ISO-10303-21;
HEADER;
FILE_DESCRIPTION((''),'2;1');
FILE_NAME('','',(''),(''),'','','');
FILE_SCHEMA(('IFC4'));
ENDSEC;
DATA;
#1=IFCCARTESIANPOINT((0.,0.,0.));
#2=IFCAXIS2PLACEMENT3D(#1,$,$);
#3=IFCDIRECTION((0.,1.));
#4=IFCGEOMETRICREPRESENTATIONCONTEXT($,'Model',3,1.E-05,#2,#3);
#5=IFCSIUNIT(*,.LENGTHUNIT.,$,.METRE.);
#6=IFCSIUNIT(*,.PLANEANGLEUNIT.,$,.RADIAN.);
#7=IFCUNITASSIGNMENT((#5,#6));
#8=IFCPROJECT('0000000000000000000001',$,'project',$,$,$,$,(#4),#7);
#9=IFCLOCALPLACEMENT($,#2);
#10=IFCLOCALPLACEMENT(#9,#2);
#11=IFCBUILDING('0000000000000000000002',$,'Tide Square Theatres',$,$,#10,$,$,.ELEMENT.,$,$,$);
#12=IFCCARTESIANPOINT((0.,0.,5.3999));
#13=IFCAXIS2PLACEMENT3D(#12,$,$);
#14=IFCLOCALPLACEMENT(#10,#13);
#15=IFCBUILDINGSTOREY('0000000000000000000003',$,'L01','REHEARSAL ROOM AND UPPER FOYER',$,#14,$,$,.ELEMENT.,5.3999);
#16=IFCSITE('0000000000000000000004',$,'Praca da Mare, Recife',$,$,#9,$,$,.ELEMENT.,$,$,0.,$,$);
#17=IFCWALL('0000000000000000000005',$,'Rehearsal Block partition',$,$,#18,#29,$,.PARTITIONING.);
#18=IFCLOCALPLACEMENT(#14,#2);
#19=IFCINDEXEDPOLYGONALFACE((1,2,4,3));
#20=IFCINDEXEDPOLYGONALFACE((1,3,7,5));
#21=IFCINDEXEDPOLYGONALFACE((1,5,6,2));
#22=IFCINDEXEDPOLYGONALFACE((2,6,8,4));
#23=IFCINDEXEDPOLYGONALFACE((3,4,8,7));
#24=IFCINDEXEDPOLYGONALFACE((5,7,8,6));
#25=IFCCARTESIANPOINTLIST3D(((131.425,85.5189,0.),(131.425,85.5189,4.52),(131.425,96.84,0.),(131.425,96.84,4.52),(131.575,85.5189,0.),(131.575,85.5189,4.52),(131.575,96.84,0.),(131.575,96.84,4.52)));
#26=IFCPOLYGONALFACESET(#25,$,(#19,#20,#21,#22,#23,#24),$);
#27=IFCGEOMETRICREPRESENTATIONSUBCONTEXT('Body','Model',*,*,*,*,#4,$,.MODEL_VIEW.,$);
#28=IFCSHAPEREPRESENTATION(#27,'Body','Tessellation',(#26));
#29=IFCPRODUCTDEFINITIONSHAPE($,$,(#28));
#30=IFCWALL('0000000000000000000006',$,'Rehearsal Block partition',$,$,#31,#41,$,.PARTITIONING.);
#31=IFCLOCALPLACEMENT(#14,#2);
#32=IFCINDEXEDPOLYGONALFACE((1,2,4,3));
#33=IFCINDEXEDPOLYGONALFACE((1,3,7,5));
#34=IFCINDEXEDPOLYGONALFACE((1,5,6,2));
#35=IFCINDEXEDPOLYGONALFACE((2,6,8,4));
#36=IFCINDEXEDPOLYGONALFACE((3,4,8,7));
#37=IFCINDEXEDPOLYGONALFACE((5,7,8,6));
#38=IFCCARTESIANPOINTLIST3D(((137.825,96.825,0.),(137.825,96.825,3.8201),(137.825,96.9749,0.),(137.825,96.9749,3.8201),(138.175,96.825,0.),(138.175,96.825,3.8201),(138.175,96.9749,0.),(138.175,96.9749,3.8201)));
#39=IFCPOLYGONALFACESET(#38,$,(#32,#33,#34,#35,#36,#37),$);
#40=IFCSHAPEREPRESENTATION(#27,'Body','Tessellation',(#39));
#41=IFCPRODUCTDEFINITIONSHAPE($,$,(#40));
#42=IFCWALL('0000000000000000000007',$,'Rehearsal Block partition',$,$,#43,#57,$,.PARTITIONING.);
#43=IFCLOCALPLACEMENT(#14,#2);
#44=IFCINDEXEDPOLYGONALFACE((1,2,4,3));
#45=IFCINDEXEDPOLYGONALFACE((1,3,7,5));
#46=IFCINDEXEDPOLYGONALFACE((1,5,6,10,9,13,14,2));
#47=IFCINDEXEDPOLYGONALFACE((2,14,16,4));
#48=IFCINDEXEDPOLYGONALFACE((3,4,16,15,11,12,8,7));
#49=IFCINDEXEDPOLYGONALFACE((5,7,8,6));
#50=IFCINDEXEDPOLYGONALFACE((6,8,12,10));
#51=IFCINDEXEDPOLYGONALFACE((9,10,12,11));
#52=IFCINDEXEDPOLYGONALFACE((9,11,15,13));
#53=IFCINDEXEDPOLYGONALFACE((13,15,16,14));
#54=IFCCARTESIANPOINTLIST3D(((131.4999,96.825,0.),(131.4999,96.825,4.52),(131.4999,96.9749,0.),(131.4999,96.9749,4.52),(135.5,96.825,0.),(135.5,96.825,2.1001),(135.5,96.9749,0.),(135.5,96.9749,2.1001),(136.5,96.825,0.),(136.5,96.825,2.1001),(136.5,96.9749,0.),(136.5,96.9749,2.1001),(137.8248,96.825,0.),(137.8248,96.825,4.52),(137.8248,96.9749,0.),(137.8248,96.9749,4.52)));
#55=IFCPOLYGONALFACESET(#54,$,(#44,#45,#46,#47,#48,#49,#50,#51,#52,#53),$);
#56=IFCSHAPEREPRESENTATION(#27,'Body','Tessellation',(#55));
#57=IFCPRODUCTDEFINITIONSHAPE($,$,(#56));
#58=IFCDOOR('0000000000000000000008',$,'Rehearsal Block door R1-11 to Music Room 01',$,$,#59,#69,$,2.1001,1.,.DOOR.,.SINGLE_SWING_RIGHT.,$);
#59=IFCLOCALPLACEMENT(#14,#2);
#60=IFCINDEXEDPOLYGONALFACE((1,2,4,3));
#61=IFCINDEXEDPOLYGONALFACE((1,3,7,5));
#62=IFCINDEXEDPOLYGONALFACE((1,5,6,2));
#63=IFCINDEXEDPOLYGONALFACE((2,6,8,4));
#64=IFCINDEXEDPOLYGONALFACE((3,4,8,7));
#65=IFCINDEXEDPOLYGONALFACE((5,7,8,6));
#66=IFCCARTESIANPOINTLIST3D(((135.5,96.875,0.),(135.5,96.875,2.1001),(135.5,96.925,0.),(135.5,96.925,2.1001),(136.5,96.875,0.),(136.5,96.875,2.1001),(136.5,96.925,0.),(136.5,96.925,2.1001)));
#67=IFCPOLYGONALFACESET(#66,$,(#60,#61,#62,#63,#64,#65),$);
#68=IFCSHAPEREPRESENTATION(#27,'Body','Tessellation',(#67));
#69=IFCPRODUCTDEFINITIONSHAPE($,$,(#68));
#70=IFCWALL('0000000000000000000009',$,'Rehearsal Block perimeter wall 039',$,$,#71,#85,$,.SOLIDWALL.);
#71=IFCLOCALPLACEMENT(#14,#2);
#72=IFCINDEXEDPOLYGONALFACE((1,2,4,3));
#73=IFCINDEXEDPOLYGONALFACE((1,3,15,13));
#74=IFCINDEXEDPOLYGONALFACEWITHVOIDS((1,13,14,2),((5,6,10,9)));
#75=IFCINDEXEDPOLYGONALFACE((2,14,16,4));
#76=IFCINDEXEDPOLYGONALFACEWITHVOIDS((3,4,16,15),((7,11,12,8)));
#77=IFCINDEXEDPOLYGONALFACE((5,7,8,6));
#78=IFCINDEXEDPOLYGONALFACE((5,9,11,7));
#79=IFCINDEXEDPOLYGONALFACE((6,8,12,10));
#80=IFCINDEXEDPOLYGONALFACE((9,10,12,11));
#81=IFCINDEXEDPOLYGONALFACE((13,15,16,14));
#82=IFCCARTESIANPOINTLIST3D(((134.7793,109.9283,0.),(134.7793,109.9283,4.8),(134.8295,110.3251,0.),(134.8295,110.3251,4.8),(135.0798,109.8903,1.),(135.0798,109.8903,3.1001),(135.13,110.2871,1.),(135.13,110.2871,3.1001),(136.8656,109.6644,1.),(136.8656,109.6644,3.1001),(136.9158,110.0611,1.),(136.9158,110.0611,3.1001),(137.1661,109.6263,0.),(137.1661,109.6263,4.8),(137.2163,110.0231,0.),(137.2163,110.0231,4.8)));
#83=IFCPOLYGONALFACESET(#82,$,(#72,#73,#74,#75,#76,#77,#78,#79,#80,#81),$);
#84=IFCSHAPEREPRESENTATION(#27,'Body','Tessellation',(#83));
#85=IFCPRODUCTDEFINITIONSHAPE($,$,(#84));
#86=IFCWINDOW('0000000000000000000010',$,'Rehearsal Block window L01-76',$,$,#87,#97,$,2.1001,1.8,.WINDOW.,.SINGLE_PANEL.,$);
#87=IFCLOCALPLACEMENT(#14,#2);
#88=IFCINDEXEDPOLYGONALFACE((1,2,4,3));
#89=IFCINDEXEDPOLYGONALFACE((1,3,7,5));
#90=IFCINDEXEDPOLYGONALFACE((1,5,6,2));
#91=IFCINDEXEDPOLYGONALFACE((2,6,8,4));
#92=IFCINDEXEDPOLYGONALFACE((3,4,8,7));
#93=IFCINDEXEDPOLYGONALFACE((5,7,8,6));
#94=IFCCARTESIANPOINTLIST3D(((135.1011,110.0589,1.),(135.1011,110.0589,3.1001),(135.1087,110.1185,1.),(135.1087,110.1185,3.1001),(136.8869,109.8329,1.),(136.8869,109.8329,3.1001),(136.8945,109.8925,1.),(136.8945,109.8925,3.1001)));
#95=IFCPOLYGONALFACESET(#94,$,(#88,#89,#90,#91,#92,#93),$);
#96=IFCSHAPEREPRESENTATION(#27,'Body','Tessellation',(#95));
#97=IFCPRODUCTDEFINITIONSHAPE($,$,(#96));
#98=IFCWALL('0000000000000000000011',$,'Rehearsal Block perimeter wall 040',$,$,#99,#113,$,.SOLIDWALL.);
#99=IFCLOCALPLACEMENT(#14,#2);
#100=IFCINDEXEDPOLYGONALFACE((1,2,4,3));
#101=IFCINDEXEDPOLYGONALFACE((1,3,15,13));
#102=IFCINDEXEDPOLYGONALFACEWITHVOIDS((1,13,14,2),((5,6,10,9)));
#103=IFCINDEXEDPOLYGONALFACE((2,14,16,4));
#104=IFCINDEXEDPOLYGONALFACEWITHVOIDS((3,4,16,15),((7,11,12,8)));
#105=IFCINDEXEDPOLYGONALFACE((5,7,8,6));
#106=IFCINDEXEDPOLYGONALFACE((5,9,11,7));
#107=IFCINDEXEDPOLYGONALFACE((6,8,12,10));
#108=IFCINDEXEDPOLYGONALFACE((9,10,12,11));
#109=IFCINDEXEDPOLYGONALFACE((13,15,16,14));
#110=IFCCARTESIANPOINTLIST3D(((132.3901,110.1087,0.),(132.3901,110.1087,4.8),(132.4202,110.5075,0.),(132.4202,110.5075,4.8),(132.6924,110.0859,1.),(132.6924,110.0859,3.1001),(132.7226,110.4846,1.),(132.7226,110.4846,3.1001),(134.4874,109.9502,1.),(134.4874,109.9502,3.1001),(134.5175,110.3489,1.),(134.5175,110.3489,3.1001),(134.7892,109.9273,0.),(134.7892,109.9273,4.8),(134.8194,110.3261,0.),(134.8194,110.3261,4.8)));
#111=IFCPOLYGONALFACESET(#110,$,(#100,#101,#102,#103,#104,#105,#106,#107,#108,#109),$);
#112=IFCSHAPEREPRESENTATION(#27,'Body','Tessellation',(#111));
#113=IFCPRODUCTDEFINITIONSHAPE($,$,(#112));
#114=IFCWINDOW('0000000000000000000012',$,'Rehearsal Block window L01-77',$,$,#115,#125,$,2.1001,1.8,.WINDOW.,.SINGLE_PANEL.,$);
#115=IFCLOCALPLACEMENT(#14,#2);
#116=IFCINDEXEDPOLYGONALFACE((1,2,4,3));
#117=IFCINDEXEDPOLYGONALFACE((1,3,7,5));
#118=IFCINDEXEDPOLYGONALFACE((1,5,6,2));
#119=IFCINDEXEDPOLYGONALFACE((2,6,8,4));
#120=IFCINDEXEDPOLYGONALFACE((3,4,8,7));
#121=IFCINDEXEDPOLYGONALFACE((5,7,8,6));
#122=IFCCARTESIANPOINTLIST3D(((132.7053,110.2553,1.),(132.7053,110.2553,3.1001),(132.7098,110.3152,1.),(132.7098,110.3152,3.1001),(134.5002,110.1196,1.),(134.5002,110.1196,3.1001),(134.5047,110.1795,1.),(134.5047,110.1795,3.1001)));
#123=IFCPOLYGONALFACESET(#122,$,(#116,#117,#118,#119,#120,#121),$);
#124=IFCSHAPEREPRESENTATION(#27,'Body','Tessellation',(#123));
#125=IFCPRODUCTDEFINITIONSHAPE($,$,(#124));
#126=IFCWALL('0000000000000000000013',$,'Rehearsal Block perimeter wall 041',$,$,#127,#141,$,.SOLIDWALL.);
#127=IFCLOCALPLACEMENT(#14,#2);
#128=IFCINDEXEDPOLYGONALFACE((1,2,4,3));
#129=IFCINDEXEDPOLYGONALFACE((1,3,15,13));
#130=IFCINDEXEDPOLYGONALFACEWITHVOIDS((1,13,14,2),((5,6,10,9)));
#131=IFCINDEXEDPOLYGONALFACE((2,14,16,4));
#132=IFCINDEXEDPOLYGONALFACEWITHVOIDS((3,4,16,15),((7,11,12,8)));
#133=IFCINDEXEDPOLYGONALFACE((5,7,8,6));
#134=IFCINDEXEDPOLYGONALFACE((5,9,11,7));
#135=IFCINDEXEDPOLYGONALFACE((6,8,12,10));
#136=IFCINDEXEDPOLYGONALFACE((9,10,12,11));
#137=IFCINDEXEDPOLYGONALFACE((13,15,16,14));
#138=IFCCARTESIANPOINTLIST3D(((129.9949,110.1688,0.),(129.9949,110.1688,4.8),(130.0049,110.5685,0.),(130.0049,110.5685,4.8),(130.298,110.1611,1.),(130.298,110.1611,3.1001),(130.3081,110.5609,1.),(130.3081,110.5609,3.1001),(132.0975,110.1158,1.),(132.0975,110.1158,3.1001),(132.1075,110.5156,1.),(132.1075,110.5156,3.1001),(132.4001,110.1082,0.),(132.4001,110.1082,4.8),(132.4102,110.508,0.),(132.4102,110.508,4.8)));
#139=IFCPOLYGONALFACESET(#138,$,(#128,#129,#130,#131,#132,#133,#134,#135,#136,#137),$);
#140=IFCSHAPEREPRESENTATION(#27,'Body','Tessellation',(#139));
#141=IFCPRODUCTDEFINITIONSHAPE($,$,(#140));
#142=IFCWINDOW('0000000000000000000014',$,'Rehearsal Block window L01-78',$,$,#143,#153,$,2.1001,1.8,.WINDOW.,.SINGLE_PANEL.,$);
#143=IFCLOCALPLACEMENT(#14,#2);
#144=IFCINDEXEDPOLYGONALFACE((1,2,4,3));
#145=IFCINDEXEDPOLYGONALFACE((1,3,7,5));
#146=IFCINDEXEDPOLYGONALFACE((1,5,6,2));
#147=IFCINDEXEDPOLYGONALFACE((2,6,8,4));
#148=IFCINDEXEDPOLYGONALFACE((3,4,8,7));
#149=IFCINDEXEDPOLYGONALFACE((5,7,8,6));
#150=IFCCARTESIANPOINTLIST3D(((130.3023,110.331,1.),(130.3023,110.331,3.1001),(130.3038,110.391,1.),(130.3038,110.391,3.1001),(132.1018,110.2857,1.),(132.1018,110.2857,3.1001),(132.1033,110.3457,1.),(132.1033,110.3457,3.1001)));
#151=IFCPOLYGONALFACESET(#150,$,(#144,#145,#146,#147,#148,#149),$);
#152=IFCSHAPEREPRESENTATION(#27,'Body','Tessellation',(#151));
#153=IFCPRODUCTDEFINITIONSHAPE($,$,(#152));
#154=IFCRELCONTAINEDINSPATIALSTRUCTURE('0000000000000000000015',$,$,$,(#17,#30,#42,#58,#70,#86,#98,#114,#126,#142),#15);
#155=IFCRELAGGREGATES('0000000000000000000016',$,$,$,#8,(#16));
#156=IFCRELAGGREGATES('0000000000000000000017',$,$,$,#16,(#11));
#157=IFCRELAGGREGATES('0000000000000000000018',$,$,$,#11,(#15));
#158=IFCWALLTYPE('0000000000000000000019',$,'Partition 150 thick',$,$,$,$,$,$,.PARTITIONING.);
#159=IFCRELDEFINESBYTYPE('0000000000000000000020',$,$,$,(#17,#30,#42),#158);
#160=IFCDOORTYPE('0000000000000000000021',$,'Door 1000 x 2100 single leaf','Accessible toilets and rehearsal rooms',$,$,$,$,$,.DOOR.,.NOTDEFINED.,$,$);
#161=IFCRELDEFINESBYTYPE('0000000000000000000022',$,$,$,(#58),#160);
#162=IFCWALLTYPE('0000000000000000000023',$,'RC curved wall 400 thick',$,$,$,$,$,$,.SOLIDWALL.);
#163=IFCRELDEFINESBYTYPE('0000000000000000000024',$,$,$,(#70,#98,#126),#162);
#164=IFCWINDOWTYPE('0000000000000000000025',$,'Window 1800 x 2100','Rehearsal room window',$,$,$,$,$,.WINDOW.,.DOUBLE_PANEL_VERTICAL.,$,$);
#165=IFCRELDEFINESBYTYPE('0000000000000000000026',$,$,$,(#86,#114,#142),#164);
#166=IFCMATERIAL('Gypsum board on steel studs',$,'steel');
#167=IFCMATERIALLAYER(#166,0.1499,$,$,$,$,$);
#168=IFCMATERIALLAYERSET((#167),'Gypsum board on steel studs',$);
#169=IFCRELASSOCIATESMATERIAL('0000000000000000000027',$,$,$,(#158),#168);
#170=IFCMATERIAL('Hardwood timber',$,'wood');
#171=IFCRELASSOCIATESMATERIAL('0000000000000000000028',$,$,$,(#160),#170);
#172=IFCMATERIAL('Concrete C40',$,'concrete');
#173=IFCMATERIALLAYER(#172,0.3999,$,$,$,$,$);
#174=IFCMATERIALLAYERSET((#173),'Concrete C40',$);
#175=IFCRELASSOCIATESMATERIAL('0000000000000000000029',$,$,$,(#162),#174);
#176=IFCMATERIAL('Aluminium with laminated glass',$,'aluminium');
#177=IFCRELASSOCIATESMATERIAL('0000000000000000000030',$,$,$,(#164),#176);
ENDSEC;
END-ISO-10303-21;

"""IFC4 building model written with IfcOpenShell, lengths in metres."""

from ifc_helpers import new_model, si_unit, direction, frame, frame_2d, origin, place, context, subcontext, project, spatial, rectangle, extrude, material, layer, layer_set, type_object, element, fill, save


model = new_model("IFC4")

# Units and contexts
model_context = context("Model", 3, precision=1e-05, world=origin(), true_north=direction((0.0, 1.0)))
body_context = subcontext(model_context, "Body", "Model", "MODEL_VIEW")
ifc_project = project(units=[si_unit("LENGTHUNIT", "METRE"), si_unit("PLANEANGLEUNIT", "RADIAN")], contexts=[model_context])

# Site, building, storey
site_placement = place(None, origin())
site = spatial("IfcSite", under=ifc_project, at=site_placement, Name="Praca da Mare, Recife", CompositionType="ELEMENT", RefElevation=0.0)
building_placement = place(site_placement, origin())
building = spatial("IfcBuilding", under=site, at=building_placement, Name="Tide Square Theatres", CompositionType="ELEMENT")
storey_placement = place(building_placement, frame((0.0, 0.0, 5.3999)))
storey = spatial("IfcBuildingStorey", under=building, at=storey_placement, Name="L01", Description="REHEARSAL ROOM AND UPPER FOYER", CompositionType="ELEMENT", Elevation=5.3999)

# Shared definitions
ifc_material_1 = material(Name="Gypsum board on steel studs", Category="steel")
ifc_layer_1 = layer(ifc_material_1, 0.1499)
ifc_layer_set_1 = layer_set([ifc_layer_1], Name="Gypsum board on steel studs")
wall_type_1 = type_object("IfcWallType", Name="Partition 150 thick", PredefinedType="PARTITIONING", material=ifc_layer_set_1)

# Walls
wall_1_placement = place(storey_placement, frame((131.5, 96.8401, 0.0), z_axis=(0.0, 0.0, 1.0), x_axis=(0.0, -1.0, 0.0)))
element("IfcWall", 1, at=wall_1_placement, inside=storey, type_object=wall_type_1, Name="Rehearsal Block partition", PredefinedType="PARTITIONING", context=body_context, shape_type="SweptSolid", body=[
    extrude(rectangle(XDim=11.321, YDim=0.1499, at=frame_2d((5.6606, 0.0))), origin(), (0.0, 0.0, 1.0), 4.52),
])
wall_2_placement = place(storey_placement, frame((138.175, 96.8999, 0.0), z_axis=(0.0, 0.0, 1.0), x_axis=(-1.0, 0.0, 0.0)))
element("IfcWall", 2, at=wall_2_placement, inside=storey, type_object=wall_type_1, Name="Rehearsal Block partition", PredefinedType="PARTITIONING", context=body_context, shape_type="SweptSolid", body=[
    extrude(rectangle(XDim=0.3501, YDim=0.1499, at=frame_2d((0.175, 0.0))), origin(), (0.0, 0.0, 1.0), 3.8201),
])

# Wall, opening, door
wall_3_placement = place(storey_placement, frame((137.825, 96.8999, 0.0), z_axis=(0.0, 0.0, 1.0), x_axis=(-1.0, 0.0, 0.0)))
wall_3 = element("IfcWall", 3, at=wall_3_placement, inside=storey, type_object=wall_type_1, Name="Rehearsal Block partition", PredefinedType="PARTITIONING", context=body_context, shape_type="SweptSolid", body=[
    extrude(rectangle(XDim=6.325, YDim=0.1499, at=frame_2d((3.1626, 0.0))), origin(), (0.0, 0.0, 1.0), 4.52),
])
opening_1_placement = place(wall_3_placement, frame((1.325, 0.0, 0.0)))
opening_1 = element("IfcOpeningElement", 4, at=opening_1_placement, cuts=wall_3, PredefinedType="OPENING", context=body_context, shape_type="SweptSolid", body=[
    extrude(rectangle(XDim=1.0, YDim=2.1001, at=frame_2d((0.5, 1.05))), frame((0.0, 0.085, 0.0), z_axis=(0.0, -1.0, 0.0), x_axis=(1.0, 0.0, 0.0)), (0.0, 0.0, 1.0), 0.1699),
])
ifc_material_2 = material(Name="Hardwood timber", Category="wood")
door_type_1 = type_object("IfcDoorType", Name="Door 1000 x 2100 single leaf", Description="Accessible toilets and rehearsal rooms", OperationType="NOTDEFINED", PredefinedType="DOOR", material=ifc_material_2)
door_1_placement = place(opening_1_placement, origin())
door_1 = element("IfcDoor", 5, at=door_1_placement, inside=storey, type_object=door_type_1, Name="Rehearsal Block door R1-11 to Music Room 01", OperationType="SINGLE_SWING_RIGHT", OverallHeight=2.1001, OverallWidth=1.0, PredefinedType="DOOR", context=body_context, shape_type="SweptSolid", body=[
    extrude(rectangle(XDim=1.0, YDim=2.1001, at=frame_2d((0.5, 1.05))), frame((0.0, 0.0249, 0.0), z_axis=(0.0, -1.0, 0.0), x_axis=(1.0, 0.0, 0.0)), (0.0, 0.0, 1.0), 0.05),
])
fill(opening_1, door_1)

# Walls, openings, windows
ifc_material_3 = material(Name="Concrete C40", Category="concrete")
ifc_layer_2 = layer(ifc_material_3, 0.3999)
ifc_layer_set_2 = layer_set([ifc_layer_2], Name="Concrete C40")
wall_type_2 = type_object("IfcWallType", Name="RC curved wall 400 thick", PredefinedType="SOLIDWALL", material=ifc_layer_set_2)
wall_4_placement = place(storey_placement, frame((137.1912, 109.8247, 0.0), z_axis=(0.0, 0.0, 1.0), x_axis=(-0.992089, 0.125533, 0.0)))
wall_4 = element("IfcWall", 6, at=wall_4_placement, inside=storey, type_object=wall_type_2, Name="Rehearsal Block perimeter wall 039", PredefinedType="SOLIDWALL", context=body_context, shape_type="SweptSolid", body=[
    extrude(rectangle(XDim=2.4058, YDim=0.3999, at=frame_2d((1.2029, 0.0))), origin(), (0.0, 0.0, 1.0), 4.8),
])
opening_2_placement = place(wall_4_placement, frame((0.303, 0.0, 1.0)))
opening_2 = element("IfcOpeningElement", 7, at=opening_2_placement, cuts=wall_4, PredefinedType="OPENING", context=body_context, shape_type="SweptSolid", body=[
    extrude(rectangle(XDim=1.8, YDim=2.1001, at=frame_2d((0.8999, 1.05))), frame((0.0, 0.21, 0.0), z_axis=(0.0, -1.0, 0.0), x_axis=(1.0, 0.0, 0.0)), (0.0, 0.0, 1.0), 0.4199),
])
ifc_material_4 = material(Name="Aluminium with laminated glass", Category="aluminium")
window_type = type_object("IfcWindowType", Name="Window 1800 x 2100", Description="Rehearsal room window", PartitioningType="DOUBLE_PANEL_VERTICAL", PredefinedType="WINDOW", material=ifc_material_4)
window_1_placement = place(opening_2_placement, origin())
window_1 = element("IfcWindow", 8, at=window_1_placement, inside=storey, type_object=window_type, Name="Rehearsal Block window L01-76", OverallHeight=2.1001, OverallWidth=1.8, PartitioningType="SINGLE_PANEL", PredefinedType="WINDOW", context=body_context, shape_type="SweptSolid", body=[
    extrude(rectangle(XDim=1.8, YDim=2.1001, at=frame_2d((0.8999, 1.05))), frame((0.0, 0.03, 0.0), z_axis=(0.0, -1.0, 0.0), x_axis=(1.0, 0.0, 0.0)), (0.0, 0.0, 1.0), 0.0601),
])
fill(opening_2, window_1)
wall_5_placement = place(storey_placement, frame((134.8044, 110.1267, 0.0), z_axis=(0.0, 0.0, 1.0), x_axis=(-0.997154, 0.075393, 0.0)))
wall_5 = element("IfcWall", 9, at=wall_5_placement, inside=storey, type_object=wall_type_2, Name="Rehearsal Block perimeter wall 040", PredefinedType="SOLIDWALL", context=body_context, shape_type="SweptSolid", body=[
    extrude(rectangle(XDim=2.406, YDim=0.3999, at=frame_2d((1.2031, 0.0))), origin(), (0.0, 0.0, 1.0), 4.8),
])
opening_3_placement = place(wall_5_placement, frame((0.303, 0.0, 1.0)))
opening_3 = element("IfcOpeningElement", 10, at=opening_3_placement, cuts=wall_5, PredefinedType="OPENING", context=body_context, shape_type="SweptSolid", body=[
    extrude(rectangle(XDim=1.8, YDim=2.1001, at=frame_2d((0.8999, 1.05))), frame((0.0, 0.21, 0.0), z_axis=(0.0, -1.0, 0.0), x_axis=(1.0, 0.0, 0.0)), (0.0, 0.0, 1.0), 0.4199),
])
window_2_placement = place(opening_3_placement, origin())
window_2 = element("IfcWindow", 11, at=window_2_placement, inside=storey, type_object=window_type, Name="Rehearsal Block window L01-77", OverallHeight=2.1001, OverallWidth=1.8, PartitioningType="SINGLE_PANEL", PredefinedType="WINDOW", context=body_context, shape_type="SweptSolid", body=[
    extrude(rectangle(XDim=1.8, YDim=2.1001, at=frame_2d((0.8999, 1.05))), frame((0.0, 0.03, 0.0), z_axis=(0.0, -1.0, 0.0), x_axis=(1.0, 0.0, 0.0)), (0.0, 0.0, 1.0), 0.0601),
])
fill(opening_3, window_2)
wall_6_placement = place(storey_placement, frame((132.4053, 110.3081, 0.0), z_axis=(0.0, 0.0, 1.0), x_axis=(-0.999683, 0.025165, 0.0)))
wall_6 = element("IfcWall", 12, at=wall_6_placement, inside=storey, type_object=wall_type_2, Name="Rehearsal Block perimeter wall 041", PredefinedType="SOLIDWALL", context=body_context, shape_type="SweptSolid", body=[
    extrude(rectangle(XDim=2.406, YDim=0.3999, at=frame_2d((1.2031, 0.0))), origin(), (0.0, 0.0, 1.0), 4.8),
])
opening_4_placement = place(wall_6_placement, frame((0.303, 0.0, 1.0)))
opening_4 = element("IfcOpeningElement", 13, at=opening_4_placement, cuts=wall_6, PredefinedType="OPENING", context=body_context, shape_type="SweptSolid", body=[
    extrude(rectangle(XDim=1.8, YDim=2.1001, at=frame_2d((0.8999, 1.05))), frame((0.0, 0.21, 0.0), z_axis=(0.0, -1.0, 0.0), x_axis=(1.0, 0.0, 0.0)), (0.0, 0.0, 1.0), 0.4199),
])
window_3_placement = place(opening_4_placement, origin())
window_3 = element("IfcWindow", 14, at=window_3_placement, inside=storey, type_object=window_type, Name="Rehearsal Block window L01-78", OverallHeight=2.1001, OverallWidth=1.8, PartitioningType="SINGLE_PANEL", PredefinedType="WINDOW", context=body_context, shape_type="SweptSolid", body=[
    extrude(rectangle(XDim=1.8, YDim=2.1001, at=frame_2d((0.8999, 1.05))), frame((0.0, 0.03, 0.0), z_axis=(0.0, -1.0, 0.0), x_axis=(1.0, 0.0, 0.0)), (0.0, 0.0, 1.0), 0.0601),
])
fill(opening_4, window_3)

save(model, "model.ifc")
